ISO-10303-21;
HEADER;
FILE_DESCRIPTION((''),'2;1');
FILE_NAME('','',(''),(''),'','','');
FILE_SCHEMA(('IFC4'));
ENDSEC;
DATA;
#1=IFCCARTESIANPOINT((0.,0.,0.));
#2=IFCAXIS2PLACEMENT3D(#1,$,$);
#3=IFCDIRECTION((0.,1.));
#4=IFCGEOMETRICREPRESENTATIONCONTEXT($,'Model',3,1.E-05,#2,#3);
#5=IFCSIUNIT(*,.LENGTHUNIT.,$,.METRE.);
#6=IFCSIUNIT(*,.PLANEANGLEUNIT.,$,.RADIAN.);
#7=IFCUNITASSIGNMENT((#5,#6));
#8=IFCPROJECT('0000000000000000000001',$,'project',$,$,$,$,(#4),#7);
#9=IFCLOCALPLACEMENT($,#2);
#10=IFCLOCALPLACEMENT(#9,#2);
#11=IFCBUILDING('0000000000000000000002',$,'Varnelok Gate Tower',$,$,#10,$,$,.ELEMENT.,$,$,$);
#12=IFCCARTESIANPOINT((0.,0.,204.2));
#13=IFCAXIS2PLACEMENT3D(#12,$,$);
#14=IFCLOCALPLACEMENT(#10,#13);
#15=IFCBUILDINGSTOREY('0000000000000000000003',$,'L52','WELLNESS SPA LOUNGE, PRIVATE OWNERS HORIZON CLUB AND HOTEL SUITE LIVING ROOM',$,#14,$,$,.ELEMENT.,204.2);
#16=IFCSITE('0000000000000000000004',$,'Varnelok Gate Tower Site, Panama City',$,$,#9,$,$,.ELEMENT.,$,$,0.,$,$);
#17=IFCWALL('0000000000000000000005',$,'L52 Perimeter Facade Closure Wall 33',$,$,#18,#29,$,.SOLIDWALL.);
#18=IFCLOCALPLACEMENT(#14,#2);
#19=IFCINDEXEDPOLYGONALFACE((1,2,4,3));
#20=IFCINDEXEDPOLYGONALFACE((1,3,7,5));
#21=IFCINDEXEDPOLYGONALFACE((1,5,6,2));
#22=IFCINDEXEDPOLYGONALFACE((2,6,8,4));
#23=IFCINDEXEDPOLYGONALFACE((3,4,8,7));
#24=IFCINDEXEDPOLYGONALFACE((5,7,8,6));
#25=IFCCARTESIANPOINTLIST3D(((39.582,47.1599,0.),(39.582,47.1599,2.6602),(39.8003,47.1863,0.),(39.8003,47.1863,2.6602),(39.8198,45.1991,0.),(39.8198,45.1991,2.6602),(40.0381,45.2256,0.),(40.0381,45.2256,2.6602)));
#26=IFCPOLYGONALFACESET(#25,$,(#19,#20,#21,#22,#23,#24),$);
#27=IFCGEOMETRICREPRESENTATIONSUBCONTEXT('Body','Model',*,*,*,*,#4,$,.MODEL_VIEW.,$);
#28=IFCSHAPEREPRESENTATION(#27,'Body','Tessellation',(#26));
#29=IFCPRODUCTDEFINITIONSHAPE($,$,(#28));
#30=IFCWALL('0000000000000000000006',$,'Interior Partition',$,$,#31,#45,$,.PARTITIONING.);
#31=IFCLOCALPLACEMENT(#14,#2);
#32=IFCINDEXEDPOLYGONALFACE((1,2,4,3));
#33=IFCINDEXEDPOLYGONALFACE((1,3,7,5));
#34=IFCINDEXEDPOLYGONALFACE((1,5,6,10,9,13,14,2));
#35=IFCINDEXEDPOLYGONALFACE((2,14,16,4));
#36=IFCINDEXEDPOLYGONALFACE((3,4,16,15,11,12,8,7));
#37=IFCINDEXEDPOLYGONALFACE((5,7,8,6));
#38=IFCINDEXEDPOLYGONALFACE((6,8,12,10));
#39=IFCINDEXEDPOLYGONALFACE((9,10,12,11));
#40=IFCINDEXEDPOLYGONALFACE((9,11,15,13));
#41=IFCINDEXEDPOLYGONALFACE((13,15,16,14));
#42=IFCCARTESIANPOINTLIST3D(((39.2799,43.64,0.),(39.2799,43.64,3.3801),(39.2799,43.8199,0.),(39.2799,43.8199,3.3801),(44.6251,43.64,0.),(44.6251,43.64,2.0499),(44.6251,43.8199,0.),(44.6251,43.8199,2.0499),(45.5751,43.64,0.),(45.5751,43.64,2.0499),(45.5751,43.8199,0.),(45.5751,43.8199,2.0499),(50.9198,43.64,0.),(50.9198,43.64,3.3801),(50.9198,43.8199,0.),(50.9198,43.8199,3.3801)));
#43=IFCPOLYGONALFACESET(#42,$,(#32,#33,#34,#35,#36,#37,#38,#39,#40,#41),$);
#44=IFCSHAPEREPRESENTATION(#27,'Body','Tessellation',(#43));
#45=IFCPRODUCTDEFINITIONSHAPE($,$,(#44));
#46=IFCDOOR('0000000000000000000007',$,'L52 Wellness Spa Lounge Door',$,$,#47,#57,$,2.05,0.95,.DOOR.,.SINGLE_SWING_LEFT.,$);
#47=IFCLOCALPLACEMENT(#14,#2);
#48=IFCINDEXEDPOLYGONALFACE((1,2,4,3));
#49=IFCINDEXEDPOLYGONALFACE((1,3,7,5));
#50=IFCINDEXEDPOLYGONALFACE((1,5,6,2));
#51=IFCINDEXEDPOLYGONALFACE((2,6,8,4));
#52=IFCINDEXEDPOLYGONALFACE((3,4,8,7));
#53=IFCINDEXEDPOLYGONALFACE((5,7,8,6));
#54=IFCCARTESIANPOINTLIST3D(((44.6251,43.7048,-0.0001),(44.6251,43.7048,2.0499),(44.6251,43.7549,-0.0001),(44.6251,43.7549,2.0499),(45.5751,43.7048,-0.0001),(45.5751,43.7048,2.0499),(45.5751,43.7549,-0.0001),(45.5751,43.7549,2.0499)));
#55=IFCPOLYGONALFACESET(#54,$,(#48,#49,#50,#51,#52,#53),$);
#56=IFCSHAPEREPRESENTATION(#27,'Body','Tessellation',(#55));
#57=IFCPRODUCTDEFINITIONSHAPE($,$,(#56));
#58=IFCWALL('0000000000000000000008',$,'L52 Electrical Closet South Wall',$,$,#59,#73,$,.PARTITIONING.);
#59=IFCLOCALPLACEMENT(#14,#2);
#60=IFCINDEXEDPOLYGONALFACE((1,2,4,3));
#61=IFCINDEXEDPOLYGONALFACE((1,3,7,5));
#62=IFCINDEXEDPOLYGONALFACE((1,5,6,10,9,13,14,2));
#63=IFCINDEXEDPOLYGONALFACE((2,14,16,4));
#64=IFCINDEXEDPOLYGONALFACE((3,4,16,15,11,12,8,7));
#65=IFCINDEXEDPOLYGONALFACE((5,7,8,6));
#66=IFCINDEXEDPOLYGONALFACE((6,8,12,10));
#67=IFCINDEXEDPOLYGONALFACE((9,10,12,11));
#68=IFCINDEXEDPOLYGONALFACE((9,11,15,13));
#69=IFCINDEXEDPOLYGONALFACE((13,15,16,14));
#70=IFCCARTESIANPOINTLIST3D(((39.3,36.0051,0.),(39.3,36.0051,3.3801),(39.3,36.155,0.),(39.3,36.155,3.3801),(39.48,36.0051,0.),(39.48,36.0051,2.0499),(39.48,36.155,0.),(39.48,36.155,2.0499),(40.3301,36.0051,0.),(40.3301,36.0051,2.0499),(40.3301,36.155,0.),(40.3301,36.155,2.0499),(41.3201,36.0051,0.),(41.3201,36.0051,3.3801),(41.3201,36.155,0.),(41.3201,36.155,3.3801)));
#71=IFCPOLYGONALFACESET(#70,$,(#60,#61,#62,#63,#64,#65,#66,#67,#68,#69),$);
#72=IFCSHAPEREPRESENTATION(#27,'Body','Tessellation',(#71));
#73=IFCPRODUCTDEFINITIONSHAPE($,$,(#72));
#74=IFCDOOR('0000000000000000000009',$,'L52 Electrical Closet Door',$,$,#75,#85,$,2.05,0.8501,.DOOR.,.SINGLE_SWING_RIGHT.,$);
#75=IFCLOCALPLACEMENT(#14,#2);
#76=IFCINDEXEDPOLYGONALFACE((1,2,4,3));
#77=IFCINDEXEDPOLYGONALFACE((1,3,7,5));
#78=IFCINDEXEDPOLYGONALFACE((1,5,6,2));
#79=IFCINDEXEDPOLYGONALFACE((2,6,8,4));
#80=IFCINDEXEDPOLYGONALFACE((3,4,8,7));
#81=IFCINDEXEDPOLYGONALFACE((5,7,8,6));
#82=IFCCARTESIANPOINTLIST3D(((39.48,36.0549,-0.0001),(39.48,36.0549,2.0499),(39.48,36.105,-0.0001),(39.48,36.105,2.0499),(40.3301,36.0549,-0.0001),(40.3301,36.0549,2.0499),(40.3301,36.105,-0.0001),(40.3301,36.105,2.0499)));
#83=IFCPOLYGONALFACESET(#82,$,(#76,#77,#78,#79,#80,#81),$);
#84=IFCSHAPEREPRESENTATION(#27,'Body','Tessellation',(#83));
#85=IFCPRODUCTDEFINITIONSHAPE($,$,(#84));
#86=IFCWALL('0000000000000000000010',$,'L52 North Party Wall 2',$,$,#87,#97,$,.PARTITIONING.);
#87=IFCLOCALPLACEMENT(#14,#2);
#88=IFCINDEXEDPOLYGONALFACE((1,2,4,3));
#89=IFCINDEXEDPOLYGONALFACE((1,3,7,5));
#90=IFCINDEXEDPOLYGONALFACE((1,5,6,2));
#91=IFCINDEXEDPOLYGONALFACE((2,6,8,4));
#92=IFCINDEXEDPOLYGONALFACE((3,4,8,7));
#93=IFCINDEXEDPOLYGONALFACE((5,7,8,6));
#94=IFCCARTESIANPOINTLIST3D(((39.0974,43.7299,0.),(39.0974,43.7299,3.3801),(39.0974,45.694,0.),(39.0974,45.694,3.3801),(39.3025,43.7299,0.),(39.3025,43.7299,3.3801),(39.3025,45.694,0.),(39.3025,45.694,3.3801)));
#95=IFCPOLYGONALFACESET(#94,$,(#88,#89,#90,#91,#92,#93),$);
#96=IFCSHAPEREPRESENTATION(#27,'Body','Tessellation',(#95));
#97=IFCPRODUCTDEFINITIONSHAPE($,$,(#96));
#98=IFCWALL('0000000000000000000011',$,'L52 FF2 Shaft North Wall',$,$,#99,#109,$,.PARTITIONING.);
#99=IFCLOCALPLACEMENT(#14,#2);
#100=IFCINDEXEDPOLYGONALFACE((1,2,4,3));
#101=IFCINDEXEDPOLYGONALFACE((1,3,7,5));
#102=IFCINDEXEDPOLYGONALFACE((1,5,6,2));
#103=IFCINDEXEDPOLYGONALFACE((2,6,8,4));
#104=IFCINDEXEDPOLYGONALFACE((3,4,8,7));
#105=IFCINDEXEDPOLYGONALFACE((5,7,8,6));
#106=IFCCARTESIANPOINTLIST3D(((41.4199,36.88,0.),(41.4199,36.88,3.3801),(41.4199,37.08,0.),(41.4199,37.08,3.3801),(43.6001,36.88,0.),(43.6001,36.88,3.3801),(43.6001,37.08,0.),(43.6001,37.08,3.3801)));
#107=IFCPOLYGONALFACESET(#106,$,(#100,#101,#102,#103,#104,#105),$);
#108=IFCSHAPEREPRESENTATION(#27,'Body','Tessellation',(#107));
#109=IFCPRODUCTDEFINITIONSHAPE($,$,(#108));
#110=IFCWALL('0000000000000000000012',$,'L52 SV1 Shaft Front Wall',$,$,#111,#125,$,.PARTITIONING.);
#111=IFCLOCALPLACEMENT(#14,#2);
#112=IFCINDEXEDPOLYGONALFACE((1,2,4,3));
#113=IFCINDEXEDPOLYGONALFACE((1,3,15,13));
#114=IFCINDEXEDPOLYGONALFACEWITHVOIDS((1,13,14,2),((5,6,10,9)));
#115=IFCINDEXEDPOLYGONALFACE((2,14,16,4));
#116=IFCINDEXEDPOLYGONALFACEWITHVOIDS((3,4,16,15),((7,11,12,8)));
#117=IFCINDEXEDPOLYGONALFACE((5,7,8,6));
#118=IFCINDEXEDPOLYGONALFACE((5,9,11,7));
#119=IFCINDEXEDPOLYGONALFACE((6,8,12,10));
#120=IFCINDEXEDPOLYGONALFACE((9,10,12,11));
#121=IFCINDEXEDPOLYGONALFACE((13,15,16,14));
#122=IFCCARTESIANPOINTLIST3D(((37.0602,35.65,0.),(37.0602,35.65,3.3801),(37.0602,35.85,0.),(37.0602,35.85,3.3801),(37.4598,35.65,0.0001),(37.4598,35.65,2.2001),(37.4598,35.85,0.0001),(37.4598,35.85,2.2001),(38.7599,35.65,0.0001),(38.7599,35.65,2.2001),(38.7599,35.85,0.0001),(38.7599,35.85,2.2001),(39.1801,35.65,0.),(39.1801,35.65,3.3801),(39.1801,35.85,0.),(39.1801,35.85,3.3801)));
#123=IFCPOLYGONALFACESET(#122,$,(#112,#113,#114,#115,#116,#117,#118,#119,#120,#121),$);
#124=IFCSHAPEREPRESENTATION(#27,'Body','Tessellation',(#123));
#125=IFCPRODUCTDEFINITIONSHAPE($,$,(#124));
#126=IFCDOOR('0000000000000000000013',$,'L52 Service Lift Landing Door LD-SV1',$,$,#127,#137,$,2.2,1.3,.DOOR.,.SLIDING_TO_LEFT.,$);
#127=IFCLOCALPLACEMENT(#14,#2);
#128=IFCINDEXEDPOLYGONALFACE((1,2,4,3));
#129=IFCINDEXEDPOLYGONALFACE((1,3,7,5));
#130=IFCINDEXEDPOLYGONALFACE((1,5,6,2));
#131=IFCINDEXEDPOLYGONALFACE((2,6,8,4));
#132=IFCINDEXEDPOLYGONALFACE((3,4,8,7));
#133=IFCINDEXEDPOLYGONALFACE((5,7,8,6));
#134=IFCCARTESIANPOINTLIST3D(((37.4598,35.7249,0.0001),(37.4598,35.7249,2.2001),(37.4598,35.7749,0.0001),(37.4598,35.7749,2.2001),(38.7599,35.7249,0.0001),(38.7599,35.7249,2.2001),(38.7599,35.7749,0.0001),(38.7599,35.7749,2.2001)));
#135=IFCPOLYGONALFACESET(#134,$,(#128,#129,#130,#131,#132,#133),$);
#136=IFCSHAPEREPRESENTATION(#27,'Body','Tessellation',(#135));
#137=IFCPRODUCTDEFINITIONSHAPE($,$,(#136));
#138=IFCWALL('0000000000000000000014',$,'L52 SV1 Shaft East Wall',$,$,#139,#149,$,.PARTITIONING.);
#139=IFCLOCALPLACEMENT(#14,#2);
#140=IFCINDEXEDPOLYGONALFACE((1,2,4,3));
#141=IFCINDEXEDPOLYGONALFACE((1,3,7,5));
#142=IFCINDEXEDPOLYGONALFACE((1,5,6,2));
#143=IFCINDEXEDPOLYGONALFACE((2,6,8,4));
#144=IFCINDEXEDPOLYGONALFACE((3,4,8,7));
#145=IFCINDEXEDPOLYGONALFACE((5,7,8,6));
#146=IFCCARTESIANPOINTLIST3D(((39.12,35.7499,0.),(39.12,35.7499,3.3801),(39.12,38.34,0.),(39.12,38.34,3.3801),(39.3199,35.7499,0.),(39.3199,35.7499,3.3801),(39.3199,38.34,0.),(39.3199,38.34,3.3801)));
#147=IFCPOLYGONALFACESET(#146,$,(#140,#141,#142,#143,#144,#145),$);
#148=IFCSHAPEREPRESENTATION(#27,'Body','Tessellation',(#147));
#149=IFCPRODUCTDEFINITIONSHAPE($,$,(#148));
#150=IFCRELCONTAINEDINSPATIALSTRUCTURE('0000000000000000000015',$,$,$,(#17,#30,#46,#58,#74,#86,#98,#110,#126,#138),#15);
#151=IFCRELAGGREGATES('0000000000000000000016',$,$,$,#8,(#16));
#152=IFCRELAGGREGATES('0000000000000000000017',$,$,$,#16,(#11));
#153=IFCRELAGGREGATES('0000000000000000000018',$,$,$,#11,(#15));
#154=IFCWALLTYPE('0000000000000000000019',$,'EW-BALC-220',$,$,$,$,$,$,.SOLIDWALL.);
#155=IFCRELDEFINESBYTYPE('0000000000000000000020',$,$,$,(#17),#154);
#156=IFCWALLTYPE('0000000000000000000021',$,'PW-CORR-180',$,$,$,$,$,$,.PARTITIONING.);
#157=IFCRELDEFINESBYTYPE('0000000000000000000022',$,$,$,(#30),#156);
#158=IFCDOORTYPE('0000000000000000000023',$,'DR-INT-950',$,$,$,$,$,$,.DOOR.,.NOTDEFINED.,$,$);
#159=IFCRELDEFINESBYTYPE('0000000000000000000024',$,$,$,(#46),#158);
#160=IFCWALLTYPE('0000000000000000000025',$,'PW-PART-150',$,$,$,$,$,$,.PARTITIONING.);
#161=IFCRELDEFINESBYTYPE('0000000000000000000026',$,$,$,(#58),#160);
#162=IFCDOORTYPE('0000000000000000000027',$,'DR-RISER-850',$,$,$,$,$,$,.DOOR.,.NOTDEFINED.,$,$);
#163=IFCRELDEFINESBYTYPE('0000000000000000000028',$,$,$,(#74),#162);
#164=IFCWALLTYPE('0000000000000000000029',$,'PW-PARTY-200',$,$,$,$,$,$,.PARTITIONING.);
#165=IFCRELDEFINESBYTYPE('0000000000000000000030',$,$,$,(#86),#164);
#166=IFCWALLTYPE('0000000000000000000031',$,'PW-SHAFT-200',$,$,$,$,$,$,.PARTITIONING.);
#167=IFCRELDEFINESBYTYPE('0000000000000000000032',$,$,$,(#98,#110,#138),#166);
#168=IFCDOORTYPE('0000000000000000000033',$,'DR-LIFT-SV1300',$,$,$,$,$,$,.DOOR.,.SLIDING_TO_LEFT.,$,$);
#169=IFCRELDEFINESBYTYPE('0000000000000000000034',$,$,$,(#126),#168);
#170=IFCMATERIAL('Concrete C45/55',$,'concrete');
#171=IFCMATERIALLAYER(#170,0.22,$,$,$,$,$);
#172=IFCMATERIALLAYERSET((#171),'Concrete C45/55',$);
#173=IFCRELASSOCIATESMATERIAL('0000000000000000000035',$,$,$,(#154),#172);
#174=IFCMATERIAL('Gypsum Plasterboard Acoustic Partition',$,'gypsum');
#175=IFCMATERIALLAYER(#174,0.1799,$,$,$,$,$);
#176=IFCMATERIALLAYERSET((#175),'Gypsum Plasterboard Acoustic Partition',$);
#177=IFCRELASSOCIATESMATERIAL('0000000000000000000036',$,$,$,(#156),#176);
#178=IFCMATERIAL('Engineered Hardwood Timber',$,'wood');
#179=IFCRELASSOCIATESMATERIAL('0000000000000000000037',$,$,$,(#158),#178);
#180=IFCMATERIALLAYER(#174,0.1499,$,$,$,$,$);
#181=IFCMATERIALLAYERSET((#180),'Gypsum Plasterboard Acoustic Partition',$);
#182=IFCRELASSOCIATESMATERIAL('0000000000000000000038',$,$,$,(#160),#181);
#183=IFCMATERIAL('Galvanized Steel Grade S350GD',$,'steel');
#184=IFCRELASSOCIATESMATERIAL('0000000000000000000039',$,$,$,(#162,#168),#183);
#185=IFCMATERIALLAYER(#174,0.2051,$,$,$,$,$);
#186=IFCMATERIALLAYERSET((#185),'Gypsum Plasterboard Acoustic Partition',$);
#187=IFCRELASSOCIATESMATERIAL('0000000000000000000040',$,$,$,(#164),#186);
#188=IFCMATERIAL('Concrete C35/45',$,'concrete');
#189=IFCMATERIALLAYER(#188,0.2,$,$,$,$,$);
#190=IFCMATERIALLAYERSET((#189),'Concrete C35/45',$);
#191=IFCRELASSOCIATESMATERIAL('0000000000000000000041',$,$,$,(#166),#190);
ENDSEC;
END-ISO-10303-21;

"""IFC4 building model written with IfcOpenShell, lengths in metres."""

from ifc_helpers import new_model, si_unit, direction, frame, frame_2d, origin, place, context, subcontext, project, spatial, rectangle, extrude, material, layer, layer_set, type_object, element, fill, save


model = new_model("IFC4")

# Units and contexts
model_context = context("Model", 3, precision=1e-05, world=origin(), true_north=direction((0.0, 1.0)))
body_context = subcontext(model_context, "Body", "Model", "MODEL_VIEW")
ifc_project = project(units=[si_unit("LENGTHUNIT", "METRE"), si_unit("PLANEANGLEUNIT", "RADIAN")], contexts=[model_context])

# Site, building, storey
site_placement = place(None, origin())
site = spatial("IfcSite", under=ifc_project, at=site_placement, Name="Varnelok Gate Tower Site, Panama City", CompositionType="ELEMENT", RefElevation=0.0)
building_placement = place(site_placement, origin())
building = spatial("IfcBuilding", under=site, at=building_placement, Name="Varnelok Gate Tower", CompositionType="ELEMENT")
storey_placement = place(building_placement, frame((0.0, 0.0, 204.2)))
storey = spatial("IfcBuildingStorey", under=building, at=storey_placement, Name="L52", Description="WELLNESS SPA LOUNGE, PRIVATE OWNERS HORIZON CLUB AND HOTEL SUITE LIVING ROOM", CompositionType="ELEMENT", Elevation=204.2)

# Shared definitions
ifc_material_1 = material(Name="Concrete C45/55", Category="concrete")
ifc_layer_1 = layer(ifc_material_1, 0.22)
ifc_layer_set_1 = layer_set([ifc_layer_1], Name="Concrete C45/55")
wall_type_1 = type_object("IfcWallType", Name="EW-BALC-220", PredefinedType="SOLIDWALL", material=ifc_layer_set_1)

# Wall
wall_1_placement = place(storey_placement, frame((39.6912, 47.1731, 0.0), z_axis=(0.0, 0.0, 1.0), x_axis=(0.120398, -0.992726, 0.0)))
element("IfcWall", 1, at=wall_1_placement, inside=storey, type_object=wall_type_1, Name="L52 Perimeter Facade Closure Wall 33", PredefinedType="SOLIDWALL", context=body_context, shape_type="SweptSolid", body=[
    extrude(rectangle(XDim=1.9751, YDim=0.22, at=frame_2d((0.9875, 0.0))), origin(), (0.0, 0.0, 1.0), 2.6602),
])

# Walls, openings, doors
ifc_material_2 = material(Name="Gypsum Plasterboard Acoustic Partition", Category="gypsum")
ifc_layer_2 = layer(ifc_material_2, 0.1799)
ifc_layer_set_2 = layer_set([ifc_layer_2], Name="Gypsum Plasterboard Acoustic Partition")
wall_type_2 = type_object("IfcWallType", Name="PW-CORR-180", PredefinedType="PARTITIONING", material=ifc_layer_set_2)
wall_2_placement = place(storey_placement, frame((39.28, 43.73, 0.0), z_axis=(0.0, 0.0, 1.0), x_axis=(1.0, 0.0, 0.0)))
wall_2 = element("IfcWall", 2, at=wall_2_placement, inside=storey, type_object=wall_type_2, Name="Interior Partition", PredefinedType="PARTITIONING", context=body_context, shape_type="SweptSolid", body=[
    extrude(rectangle(XDim=11.6399, YDim=0.1799, at=frame_2d((5.8198, 0.0))), origin(), (0.0, 0.0, 1.0), 3.3801),
])
opening_1_placement = place(wall_2_placement, frame((5.345, 0.0, 0.0)))
opening_1 = element("IfcOpeningElement", 3, at=opening_1_placement, cuts=wall_2, PredefinedType="OPENING", context=body_context, shape_type="SweptSolid", body=[
    extrude(rectangle(XDim=0.95, YDim=2.05, at=frame_2d((0.4751, 1.0249))), frame((0.0, 0.0999, 0.0), z_axis=(0.0, -1.0, 0.0), x_axis=(1.0, 0.0, 0.0)), (0.0, 0.0, 1.0), 0.2),
])
ifc_material_3 = material(Name="Engineered Hardwood Timber", Category="wood")
door_type_1 = type_object("IfcDoorType", Name="DR-INT-950", OperationType="NOTDEFINED", PredefinedType="DOOR", material=ifc_material_3)
door_1_placement = place(opening_1_placement, origin())
door_1 = element("IfcDoor", 4, at=door_1_placement, inside=storey, type_object=door_type_1, Name="L52 Wellness Spa Lounge Door", OperationType="SINGLE_SWING_LEFT", OverallHeight=2.05, OverallWidth=0.95, PredefinedType="DOOR", context=body_context, shape_type="SweptSolid", body=[
    extrude(rectangle(XDim=0.95, YDim=2.05, at=frame_2d((0.4751, 1.0249))), frame((0.0, 0.0249, 0.0), z_axis=(0.0, -1.0, 0.0), x_axis=(1.0, 0.0, 0.0)), (0.0, 0.0, 1.0), 0.05),
])
fill(opening_1, door_1)
ifc_layer_3 = layer(ifc_material_2, 0.1499)
ifc_layer_set_3 = layer_set([ifc_layer_3], Name="Gypsum Plasterboard Acoustic Partition")
wall_type_3 = type_object("IfcWallType", Name="PW-PART-150", PredefinedType="PARTITIONING", material=ifc_layer_set_3)
wall_3_placement = place(storey_placement, frame((39.3, 36.0801, 0.0), z_axis=(0.0, 0.0, 1.0), x_axis=(1.0, 0.0, 0.0)))
wall_3 = element("IfcWall", 5, at=wall_3_placement, inside=storey, type_object=wall_type_3, Name="L52 Electrical Closet South Wall", PredefinedType="PARTITIONING", context=body_context, shape_type="SweptSolid", body=[
    extrude(rectangle(XDim=2.02, YDim=0.1499, at=frame_2d((1.01, 0.0))), origin(), (0.0, 0.0, 1.0), 3.3801),
])
opening_2_placement = place(wall_3_placement, frame((0.1799, 0.0, 0.0)))
opening_2 = element("IfcOpeningElement", 6, at=opening_2_placement, cuts=wall_3, PredefinedType="OPENING", context=body_context, shape_type="SweptSolid", body=[
    extrude(rectangle(XDim=0.8501, YDim=2.05, at=frame_2d((0.425, 1.0249))), frame((0.0, 0.085, 0.0), z_axis=(0.0, -1.0, 0.0), x_axis=(1.0, 0.0, 0.0)), (0.0, 0.0, 1.0), 0.1699),
])
ifc_material_4 = material(Name="Galvanized Steel Grade S350GD", Category="steel")
door_type_2 = type_object("IfcDoorType", Name="DR-RISER-850", OperationType="NOTDEFINED", PredefinedType="DOOR", material=ifc_material_4)
door_2_placement = place(opening_2_placement, origin())
door_2 = element("IfcDoor", 7, at=door_2_placement, inside=storey, type_object=door_type_2, Name="L52 Electrical Closet Door", OperationType="SINGLE_SWING_RIGHT", OverallHeight=2.05, OverallWidth=0.8501, PredefinedType="DOOR", context=body_context, shape_type="SweptSolid", body=[
    extrude(rectangle(XDim=0.8501, YDim=2.05, at=frame_2d((0.425, 1.0249))), frame((0.0, 0.0249, 0.0), z_axis=(0.0, -1.0, 0.0), x_axis=(1.0, 0.0, 0.0)), (0.0, 0.0, 1.0), 0.05),
])
fill(opening_2, door_2)

# Walls
ifc_layer_4 = layer(ifc_material_2, 0.2051)
ifc_layer_set_4 = layer_set([ifc_layer_4], Name="Gypsum Plasterboard Acoustic Partition")
wall_type_4 = type_object("IfcWallType", Name="PW-PARTY-200", PredefinedType="PARTITIONING", material=ifc_layer_set_4)
wall_4_placement = place(storey_placement, frame((39.2, 43.73, 0.0), z_axis=(0.0, 0.0, 1.0), x_axis=(0.0, 1.0, 0.0)))
element("IfcWall", 8, at=wall_4_placement, inside=storey, type_object=wall_type_4, Name="L52 North Party Wall 2", PredefinedType="PARTITIONING", context=body_context, shape_type="SweptSolid", body=[
    extrude(rectangle(XDim=1.9641, YDim=0.2051, at=frame_2d((0.9819, 0.0))), origin(), (0.0, 0.0, 1.0), 3.3801),
])
ifc_material_5 = material(Name="Concrete C35/45", Category="concrete")
ifc_layer_5 = layer(ifc_material_5, 0.2)
ifc_layer_set_5 = layer_set([ifc_layer_5], Name="Concrete C35/45")
wall_type_5 = type_object("IfcWallType", Name="PW-SHAFT-200", PredefinedType="PARTITIONING", material=ifc_layer_set_5)
wall_5_placement = place(storey_placement, frame((41.4199, 36.98, 0.0), z_axis=(0.0, 0.0, 1.0), x_axis=(1.0, 0.0, 0.0)))
element("IfcWall", 9, at=wall_5_placement, inside=storey, type_object=wall_type_5, Name="L52 FF2 Shaft North Wall", PredefinedType="PARTITIONING", context=body_context, shape_type="SweptSolid", body=[
    extrude(rectangle(XDim=2.1802, YDim=0.2, at=frame_2d((1.0901, 0.0))), origin(), (0.0, 0.0, 1.0), 3.3801),
])

# Wall, opening, door
wall_6_placement = place(storey_placement, frame((37.0601, 35.75, 0.0), z_axis=(0.0, 0.0, 1.0), x_axis=(1.0, 0.0, 0.0)))
wall_6 = element("IfcWall", 10, at=wall_6_placement, inside=storey, type_object=wall_type_5, Name="L52 SV1 Shaft Front Wall", PredefinedType="PARTITIONING", context=body_context, shape_type="SweptSolid", body=[
    extrude(rectangle(XDim=2.1199, YDim=0.2, at=frame_2d((1.0601, 0.0))), origin(), (0.0, 0.0, 1.0), 3.3801),
])
opening_3_placement = place(wall_6_placement, frame((0.3999, 0.0, 0.0)))
opening_3 = element("IfcOpeningElement", 11, at=opening_3_placement, cuts=wall_6, PredefinedType="OPENING", context=body_context, shape_type="SweptSolid", body=[
    extrude(rectangle(XDim=1.3, YDim=2.2, at=frame_2d((0.6499, 1.1001))), frame((0.0, 0.1099, 0.0), z_axis=(0.0, -1.0, 0.0), x_axis=(1.0, 0.0, 0.0)), (0.0, 0.0, 1.0), 0.22),
])
door_type_3 = type_object("IfcDoorType", Name="DR-LIFT-SV1300", OperationType="SLIDING_TO_LEFT", PredefinedType="DOOR", material=ifc_material_4)
door_3_placement = place(opening_3_placement, origin())
door_3 = element("IfcDoor", 12, at=door_3_placement, inside=storey, type_object=door_type_3, Name="L52 Service Lift Landing Door LD-SV1", OperationType="SLIDING_TO_LEFT", OverallHeight=2.2, OverallWidth=1.3, PredefinedType="DOOR", context=body_context, shape_type="SweptSolid", body=[
    extrude(rectangle(XDim=1.3, YDim=2.2, at=frame_2d((0.6499, 1.1001))), frame((0.0, 0.0249, 0.0), z_axis=(0.0, -1.0, 0.0), x_axis=(1.0, 0.0, 0.0)), (0.0, 0.0, 1.0), 0.05),
])
fill(opening_3, door_3)

# Wall
wall_7_placement = place(storey_placement, frame((39.22, 35.75, 0.0), z_axis=(0.0, 0.0, 1.0), x_axis=(0.0, 1.0, 0.0)))
element("IfcWall", 13, at=wall_7_placement, inside=storey, type_object=wall_type_5, Name="L52 SV1 Shaft East Wall", PredefinedType="PARTITIONING", context=body_context, shape_type="SweptSolid", body=[
    extrude(rectangle(XDim=2.5901, YDim=0.2, at=frame_2d((1.2949, 0.0))), origin(), (0.0, 0.0, 1.0), 3.3801),
])

save(model, "model.ifc")
